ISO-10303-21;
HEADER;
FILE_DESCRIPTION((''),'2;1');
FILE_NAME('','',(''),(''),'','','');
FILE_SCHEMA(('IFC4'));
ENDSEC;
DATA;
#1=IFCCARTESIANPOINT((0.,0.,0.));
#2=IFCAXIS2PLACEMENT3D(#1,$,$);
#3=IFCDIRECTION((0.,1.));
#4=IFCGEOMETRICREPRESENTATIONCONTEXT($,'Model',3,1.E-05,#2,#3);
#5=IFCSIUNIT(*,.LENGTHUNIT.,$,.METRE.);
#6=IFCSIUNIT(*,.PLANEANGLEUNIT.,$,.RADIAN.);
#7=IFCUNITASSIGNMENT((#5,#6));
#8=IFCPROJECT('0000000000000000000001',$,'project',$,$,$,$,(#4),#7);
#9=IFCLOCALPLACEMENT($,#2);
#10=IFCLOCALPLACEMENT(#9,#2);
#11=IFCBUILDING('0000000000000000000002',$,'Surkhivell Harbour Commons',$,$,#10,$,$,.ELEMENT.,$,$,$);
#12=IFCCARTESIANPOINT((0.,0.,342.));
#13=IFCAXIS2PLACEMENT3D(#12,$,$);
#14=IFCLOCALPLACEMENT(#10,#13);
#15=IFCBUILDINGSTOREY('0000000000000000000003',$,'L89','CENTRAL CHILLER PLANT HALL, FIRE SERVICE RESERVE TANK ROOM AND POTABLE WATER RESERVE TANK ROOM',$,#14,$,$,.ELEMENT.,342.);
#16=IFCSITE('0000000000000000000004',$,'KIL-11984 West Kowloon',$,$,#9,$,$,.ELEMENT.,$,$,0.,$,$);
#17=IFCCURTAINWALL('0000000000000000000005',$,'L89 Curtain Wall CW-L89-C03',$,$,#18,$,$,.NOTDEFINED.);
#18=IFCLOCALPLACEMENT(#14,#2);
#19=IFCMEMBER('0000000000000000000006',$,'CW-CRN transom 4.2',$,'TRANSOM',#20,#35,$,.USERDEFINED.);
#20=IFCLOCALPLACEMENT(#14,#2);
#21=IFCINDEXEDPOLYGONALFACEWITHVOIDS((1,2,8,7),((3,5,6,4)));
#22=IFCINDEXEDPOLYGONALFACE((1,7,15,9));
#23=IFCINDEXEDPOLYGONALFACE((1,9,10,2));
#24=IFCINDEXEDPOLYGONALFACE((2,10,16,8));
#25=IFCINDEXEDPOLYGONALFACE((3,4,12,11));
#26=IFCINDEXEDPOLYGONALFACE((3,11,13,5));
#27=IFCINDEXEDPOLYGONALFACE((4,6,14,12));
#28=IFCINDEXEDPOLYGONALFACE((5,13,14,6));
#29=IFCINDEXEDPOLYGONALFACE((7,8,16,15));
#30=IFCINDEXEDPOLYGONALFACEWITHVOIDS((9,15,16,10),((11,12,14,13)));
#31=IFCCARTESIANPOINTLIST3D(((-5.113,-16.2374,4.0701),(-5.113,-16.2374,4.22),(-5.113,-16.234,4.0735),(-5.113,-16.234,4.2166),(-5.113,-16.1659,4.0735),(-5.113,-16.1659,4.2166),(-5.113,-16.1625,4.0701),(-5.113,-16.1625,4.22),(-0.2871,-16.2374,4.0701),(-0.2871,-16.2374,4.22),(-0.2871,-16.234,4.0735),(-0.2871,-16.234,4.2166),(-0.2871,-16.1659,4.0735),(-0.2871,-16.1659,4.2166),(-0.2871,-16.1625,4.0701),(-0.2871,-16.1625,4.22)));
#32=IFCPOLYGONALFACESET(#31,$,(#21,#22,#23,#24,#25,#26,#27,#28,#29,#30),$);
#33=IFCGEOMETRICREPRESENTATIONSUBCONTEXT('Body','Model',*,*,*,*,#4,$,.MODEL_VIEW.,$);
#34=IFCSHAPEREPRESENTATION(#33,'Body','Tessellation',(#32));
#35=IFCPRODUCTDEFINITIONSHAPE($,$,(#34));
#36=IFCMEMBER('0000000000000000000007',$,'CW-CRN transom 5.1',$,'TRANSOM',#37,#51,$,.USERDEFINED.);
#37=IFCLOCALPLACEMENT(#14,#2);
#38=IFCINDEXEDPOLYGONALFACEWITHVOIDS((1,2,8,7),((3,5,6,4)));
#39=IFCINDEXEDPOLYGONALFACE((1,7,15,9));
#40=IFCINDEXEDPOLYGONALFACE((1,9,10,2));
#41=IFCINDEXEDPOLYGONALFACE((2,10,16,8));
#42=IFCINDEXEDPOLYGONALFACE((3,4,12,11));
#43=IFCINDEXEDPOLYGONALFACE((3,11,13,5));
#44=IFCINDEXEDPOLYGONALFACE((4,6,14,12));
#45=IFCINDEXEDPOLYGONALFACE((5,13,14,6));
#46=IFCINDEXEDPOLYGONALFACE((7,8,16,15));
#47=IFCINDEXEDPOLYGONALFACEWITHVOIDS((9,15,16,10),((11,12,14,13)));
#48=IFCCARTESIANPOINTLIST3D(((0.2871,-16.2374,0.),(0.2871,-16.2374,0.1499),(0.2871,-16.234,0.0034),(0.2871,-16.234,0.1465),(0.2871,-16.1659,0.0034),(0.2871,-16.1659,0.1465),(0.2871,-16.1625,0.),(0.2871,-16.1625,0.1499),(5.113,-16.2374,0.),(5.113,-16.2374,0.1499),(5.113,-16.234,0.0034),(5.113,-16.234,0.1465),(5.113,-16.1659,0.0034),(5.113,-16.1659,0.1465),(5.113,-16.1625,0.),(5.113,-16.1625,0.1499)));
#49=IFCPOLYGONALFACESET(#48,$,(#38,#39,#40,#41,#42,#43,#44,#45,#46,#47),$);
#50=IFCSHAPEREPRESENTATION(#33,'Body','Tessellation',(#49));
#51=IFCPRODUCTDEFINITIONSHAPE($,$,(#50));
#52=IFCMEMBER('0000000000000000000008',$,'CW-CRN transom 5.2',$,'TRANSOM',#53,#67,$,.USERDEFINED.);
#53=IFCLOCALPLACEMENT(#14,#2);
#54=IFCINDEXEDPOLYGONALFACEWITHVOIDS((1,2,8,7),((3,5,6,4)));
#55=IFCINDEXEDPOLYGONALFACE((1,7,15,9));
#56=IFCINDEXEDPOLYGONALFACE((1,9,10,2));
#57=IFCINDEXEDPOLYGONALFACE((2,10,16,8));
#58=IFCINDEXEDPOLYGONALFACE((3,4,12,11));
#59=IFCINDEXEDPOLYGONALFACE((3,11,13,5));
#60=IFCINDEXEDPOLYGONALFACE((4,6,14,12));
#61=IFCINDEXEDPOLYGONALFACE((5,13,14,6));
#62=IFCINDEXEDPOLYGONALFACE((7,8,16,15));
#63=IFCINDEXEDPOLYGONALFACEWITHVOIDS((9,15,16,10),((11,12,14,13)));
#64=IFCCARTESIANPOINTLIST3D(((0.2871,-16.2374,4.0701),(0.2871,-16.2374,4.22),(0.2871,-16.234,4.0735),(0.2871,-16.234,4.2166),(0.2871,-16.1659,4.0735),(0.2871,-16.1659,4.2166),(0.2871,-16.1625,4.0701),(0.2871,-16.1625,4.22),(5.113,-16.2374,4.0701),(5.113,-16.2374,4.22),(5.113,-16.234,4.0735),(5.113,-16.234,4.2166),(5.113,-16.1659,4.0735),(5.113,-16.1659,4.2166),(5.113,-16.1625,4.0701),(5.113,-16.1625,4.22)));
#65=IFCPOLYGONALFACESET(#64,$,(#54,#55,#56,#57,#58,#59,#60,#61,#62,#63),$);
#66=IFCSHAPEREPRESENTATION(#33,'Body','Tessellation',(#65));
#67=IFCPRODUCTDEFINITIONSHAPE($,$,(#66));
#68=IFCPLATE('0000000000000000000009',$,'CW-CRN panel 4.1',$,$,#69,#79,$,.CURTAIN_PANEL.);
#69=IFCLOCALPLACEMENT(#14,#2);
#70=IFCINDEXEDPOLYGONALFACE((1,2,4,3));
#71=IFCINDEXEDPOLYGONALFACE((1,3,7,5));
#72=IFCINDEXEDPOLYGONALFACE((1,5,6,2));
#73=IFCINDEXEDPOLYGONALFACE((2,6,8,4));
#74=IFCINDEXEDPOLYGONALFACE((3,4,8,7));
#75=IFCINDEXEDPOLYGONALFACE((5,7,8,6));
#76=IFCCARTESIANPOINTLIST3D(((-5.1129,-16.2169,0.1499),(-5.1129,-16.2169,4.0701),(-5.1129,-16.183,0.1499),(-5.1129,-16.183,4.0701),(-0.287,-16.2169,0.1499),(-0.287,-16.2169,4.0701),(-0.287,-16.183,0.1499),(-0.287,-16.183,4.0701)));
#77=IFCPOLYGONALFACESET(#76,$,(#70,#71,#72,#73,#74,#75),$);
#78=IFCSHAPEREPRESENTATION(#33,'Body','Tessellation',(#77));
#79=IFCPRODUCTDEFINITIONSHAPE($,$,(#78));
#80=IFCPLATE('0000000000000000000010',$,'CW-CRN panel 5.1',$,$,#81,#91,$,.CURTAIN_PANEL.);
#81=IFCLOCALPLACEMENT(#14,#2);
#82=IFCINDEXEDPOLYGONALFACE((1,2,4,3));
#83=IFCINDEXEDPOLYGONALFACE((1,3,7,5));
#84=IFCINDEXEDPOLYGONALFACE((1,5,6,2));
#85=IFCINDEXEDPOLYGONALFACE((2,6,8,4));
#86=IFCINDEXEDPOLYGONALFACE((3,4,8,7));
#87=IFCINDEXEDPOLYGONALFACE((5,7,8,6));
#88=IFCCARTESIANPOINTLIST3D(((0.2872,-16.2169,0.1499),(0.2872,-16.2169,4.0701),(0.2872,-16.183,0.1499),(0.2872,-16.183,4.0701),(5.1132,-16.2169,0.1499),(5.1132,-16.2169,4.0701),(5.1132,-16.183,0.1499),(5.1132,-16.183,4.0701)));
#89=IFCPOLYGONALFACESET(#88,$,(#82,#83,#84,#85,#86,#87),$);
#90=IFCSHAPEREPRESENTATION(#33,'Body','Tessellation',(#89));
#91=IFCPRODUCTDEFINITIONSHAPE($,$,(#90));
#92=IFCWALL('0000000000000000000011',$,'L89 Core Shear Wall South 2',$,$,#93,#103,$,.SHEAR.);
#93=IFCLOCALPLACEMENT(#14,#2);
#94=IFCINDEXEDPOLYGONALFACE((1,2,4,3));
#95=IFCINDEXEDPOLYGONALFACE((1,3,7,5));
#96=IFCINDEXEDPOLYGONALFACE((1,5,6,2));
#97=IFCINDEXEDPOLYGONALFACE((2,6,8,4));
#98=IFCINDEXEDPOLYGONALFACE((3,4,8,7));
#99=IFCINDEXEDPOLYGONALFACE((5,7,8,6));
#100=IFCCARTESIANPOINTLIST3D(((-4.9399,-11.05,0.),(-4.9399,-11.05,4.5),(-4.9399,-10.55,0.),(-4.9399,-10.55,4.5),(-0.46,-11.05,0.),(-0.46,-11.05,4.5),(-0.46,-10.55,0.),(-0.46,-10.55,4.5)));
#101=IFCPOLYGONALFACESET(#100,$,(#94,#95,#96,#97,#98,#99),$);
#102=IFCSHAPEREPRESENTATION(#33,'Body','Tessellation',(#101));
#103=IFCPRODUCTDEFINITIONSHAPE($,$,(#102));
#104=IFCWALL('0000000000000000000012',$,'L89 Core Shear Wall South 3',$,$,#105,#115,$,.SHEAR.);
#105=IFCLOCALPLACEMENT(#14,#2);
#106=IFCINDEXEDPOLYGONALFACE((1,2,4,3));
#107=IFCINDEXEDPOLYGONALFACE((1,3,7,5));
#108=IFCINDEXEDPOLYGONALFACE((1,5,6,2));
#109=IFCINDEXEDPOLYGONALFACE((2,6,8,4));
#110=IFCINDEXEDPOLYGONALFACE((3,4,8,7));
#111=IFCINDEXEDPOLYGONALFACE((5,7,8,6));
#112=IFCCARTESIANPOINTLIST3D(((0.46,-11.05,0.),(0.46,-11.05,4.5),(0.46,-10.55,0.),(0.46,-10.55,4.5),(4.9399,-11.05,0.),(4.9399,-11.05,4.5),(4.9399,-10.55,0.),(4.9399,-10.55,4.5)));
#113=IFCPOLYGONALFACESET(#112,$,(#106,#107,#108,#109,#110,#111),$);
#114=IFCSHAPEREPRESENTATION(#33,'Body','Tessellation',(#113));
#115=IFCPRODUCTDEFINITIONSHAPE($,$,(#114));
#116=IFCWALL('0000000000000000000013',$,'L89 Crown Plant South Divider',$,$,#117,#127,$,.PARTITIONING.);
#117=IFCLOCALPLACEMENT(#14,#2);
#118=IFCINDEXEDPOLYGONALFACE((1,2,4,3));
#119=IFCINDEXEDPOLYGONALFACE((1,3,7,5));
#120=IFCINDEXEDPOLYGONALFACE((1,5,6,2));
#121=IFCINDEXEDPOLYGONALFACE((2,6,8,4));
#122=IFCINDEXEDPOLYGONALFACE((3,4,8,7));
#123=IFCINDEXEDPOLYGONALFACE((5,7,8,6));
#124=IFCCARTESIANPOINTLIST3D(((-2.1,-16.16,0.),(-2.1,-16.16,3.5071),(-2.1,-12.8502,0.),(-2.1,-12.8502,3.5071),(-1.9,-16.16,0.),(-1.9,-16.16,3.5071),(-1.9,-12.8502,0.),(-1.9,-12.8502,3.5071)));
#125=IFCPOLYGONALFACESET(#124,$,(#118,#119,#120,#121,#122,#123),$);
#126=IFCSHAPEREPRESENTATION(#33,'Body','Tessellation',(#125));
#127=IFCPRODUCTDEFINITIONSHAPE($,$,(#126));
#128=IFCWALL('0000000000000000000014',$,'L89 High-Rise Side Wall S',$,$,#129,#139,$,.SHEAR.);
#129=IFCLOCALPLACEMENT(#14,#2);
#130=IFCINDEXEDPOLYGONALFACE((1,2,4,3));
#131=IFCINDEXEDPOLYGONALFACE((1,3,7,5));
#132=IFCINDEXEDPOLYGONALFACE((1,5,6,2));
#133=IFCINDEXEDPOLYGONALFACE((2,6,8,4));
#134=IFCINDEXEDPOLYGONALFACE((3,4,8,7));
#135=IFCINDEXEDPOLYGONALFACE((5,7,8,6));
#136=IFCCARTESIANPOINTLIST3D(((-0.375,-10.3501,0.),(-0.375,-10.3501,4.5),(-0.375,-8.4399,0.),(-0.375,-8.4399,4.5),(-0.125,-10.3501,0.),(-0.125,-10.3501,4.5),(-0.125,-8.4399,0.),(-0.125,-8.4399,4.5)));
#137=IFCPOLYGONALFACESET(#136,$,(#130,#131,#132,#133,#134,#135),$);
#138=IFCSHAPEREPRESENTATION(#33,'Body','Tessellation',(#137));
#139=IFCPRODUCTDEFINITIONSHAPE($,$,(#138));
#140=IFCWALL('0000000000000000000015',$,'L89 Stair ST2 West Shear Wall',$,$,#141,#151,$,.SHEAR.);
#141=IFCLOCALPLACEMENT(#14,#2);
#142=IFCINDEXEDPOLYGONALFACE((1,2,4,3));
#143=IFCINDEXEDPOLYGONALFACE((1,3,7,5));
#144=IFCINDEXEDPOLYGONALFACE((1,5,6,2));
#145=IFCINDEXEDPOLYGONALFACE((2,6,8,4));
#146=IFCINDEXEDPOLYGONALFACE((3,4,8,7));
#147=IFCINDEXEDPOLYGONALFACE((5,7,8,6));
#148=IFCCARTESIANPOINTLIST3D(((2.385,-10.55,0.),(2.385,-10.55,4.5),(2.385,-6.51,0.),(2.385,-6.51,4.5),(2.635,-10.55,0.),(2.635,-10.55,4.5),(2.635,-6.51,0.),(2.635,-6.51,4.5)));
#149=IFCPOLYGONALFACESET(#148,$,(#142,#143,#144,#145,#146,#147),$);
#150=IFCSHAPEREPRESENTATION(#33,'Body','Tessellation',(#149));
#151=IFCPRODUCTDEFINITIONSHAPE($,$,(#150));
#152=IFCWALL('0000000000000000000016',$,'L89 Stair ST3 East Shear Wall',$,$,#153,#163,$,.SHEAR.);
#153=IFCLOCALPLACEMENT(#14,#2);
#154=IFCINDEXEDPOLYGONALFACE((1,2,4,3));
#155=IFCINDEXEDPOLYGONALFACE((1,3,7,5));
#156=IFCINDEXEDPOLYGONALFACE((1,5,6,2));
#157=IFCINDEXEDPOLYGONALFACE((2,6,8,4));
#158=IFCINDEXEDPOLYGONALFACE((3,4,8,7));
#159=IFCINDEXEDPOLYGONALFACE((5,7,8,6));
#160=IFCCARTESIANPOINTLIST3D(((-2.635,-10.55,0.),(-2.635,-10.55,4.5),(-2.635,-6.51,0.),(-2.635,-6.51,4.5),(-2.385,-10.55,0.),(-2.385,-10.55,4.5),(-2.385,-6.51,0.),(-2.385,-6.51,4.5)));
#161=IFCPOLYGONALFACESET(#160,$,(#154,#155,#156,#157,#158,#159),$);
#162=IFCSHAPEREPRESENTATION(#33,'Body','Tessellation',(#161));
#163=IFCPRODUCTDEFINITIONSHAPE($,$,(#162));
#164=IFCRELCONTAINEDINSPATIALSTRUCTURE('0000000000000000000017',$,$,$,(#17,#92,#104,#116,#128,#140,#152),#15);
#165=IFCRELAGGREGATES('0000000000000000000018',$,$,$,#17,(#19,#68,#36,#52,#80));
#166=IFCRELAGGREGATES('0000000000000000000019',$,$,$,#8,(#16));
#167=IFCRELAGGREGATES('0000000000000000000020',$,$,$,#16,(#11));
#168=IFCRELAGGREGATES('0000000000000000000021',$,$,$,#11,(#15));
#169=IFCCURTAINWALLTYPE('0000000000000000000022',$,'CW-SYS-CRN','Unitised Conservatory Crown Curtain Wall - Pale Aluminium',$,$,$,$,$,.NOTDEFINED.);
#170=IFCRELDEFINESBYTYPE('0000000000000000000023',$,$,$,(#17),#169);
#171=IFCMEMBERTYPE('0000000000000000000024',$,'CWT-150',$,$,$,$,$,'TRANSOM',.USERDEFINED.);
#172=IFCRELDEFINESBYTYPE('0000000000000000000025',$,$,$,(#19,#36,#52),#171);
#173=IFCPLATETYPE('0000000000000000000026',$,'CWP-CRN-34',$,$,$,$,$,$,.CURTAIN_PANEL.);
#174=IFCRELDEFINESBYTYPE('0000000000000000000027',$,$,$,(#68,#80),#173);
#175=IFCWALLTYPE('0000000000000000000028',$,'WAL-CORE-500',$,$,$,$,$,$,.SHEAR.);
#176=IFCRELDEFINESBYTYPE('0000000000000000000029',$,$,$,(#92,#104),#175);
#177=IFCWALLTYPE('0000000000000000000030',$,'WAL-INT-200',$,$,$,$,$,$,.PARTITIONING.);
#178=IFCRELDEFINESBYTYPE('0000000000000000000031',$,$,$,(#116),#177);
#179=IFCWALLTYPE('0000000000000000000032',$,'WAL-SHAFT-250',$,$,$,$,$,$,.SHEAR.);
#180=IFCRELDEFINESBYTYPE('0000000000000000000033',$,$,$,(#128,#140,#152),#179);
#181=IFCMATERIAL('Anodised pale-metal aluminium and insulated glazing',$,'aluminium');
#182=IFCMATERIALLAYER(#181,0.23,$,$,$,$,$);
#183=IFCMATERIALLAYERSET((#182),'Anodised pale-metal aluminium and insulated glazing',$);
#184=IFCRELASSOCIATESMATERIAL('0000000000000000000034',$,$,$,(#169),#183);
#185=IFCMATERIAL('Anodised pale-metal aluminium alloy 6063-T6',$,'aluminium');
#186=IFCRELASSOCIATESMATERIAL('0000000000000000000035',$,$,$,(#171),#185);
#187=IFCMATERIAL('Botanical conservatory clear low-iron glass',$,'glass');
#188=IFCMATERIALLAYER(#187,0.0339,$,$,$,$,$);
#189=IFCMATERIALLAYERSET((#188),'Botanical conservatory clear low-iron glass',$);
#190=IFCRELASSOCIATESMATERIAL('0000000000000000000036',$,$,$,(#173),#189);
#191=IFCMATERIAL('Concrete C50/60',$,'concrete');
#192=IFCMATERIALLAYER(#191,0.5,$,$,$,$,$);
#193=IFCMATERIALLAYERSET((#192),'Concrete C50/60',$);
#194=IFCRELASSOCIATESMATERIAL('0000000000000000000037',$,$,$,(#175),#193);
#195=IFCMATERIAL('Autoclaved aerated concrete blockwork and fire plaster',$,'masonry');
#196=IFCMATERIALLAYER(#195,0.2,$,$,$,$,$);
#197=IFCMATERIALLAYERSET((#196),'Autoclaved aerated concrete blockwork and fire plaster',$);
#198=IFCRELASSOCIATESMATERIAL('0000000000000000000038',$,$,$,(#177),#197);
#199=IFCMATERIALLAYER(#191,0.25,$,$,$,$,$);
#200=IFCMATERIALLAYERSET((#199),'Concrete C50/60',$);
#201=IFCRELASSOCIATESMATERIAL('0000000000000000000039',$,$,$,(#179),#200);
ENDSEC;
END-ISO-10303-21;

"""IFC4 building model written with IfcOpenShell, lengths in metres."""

from ifc_helpers import new_model, si_unit, direction, frame, frame_2d, origin, origin_2d, place, context, subcontext, project, spatial, rectangle, hollow_rectangle, extrude, material, layer, layer_set, material_profile, profile_set, type_object, element, aggregate, save


model = new_model("IFC4")

# Units and contexts
model_context = context("Model", 3, precision=1e-05, world=origin(), true_north=direction((0.0, 1.0)))
body_context = subcontext(model_context, "Body", "Model", "MODEL_VIEW")
ifc_project = project(units=[si_unit("LENGTHUNIT", "METRE"), si_unit("PLANEANGLEUNIT", "RADIAN")], contexts=[model_context])

# Site, building, storey
site_placement = place(None, origin())
site = spatial("IfcSite", under=ifc_project, at=site_placement, Name="KIL-11984 West Kowloon", CompositionType="ELEMENT", RefElevation=0.0)
building_placement = place(site_placement, origin())
building = spatial("IfcBuilding", under=site, at=building_placement, Name="Surkhivell Harbour Commons", CompositionType="ELEMENT")
storey_placement = place(building_placement, frame((0.0, 0.0, 342.0)))
storey = spatial("IfcBuildingStorey", under=building, at=storey_placement, Name="L89", Description="CENTRAL CHILLER PLANT HALL, FIRE SERVICE RESERVE TANK ROOM AND POTABLE WATER RESERVE TANK ROOM", CompositionType="ELEMENT", Elevation=342.0)

# Curtain wall, members, plates
ifc_material_1 = material(Name="Anodised pale-metal aluminium and insulated glazing", Category="aluminium")
ifc_layer_1 = layer(ifc_material_1, 0.23)
ifc_layer_set_1 = layer_set([ifc_layer_1], Name="Anodised pale-metal aluminium and insulated glazing")
curtain_wall_type = type_object("IfcCurtainWallType", Name="CW-SYS-CRN", Description="Unitised Conservatory Crown Curtain Wall - Pale Aluminium", PredefinedType="NOTDEFINED", material=ifc_layer_set_1)
curtain_wall_placement = place(storey_placement, origin())
curtain_wall = element("IfcCurtainWall", 1, at=curtain_wall_placement, inside=storey, type_object=curtain_wall_type, Name="L89 Curtain Wall CW-L89-C03", PredefinedType="NOTDEFINED")
ifc_material_2 = material(Name="Anodised pale-metal aluminium alloy 6063-T6", Category="aluminium")
ifc_material_profile_1 = material_profile(ifc_material_2, hollow_rectangle(XDim=0.075, YDim=0.1499, WallThickness=0.0034, at=origin_2d()), Name="ALU-TRAN-75x150")
ifc_profile_set_1 = profile_set([ifc_material_profile_1], Name="Anodised pale-metal aluminium alloy 6063-T6")
member_type_1 = type_object("IfcMemberType", Name="CWT-150", ElementType="TRANSOM", PredefinedType="USERDEFINED", material=ifc_profile_set_1)
member_1_placement = place(storey_placement, frame((-5.113, -16.2, 4.145), z_axis=(1.0, 0.0, 0.0), x_axis=(0.0, 1.0, 0.0)))
member_1 = element("IfcMember", 2, at=member_1_placement, type_object=member_type_1, Name="CW-CRN transom 4.2", ObjectType="TRANSOM", PredefinedType="USERDEFINED", context=body_context, shape_type="SweptSolid", body=[
    extrude(hollow_rectangle(XDim=0.075, YDim=0.1499, WallThickness=0.0034, at=origin_2d()), origin(), (0.0, 0.0, 1.0), 4.8259),
])
member_2_placement = place(storey_placement, frame((0.2871, -16.2, 0.075), z_axis=(1.0, 0.0, 0.0), x_axis=(0.0, 1.0, 0.0)))
member_2 = element("IfcMember", 3, at=member_2_placement, type_object=member_type_1, Name="CW-CRN transom 5.1", ObjectType="TRANSOM", PredefinedType="USERDEFINED", context=body_context, shape_type="SweptSolid", body=[
    extrude(hollow_rectangle(XDim=0.075, YDim=0.1499, WallThickness=0.0034, at=origin_2d()), origin(), (0.0, 0.0, 1.0), 4.8259),
])
member_3_placement = place(storey_placement, frame((0.2871, -16.2, 4.145), z_axis=(1.0, 0.0, 0.0), x_axis=(0.0, 1.0, 0.0)))
member_3 = element("IfcMember", 4, at=member_3_placement, type_object=member_type_1, Name="CW-CRN transom 5.2", ObjectType="TRANSOM", PredefinedType="USERDEFINED", context=body_context, shape_type="SweptSolid", body=[
    extrude(hollow_rectangle(XDim=0.075, YDim=0.1499, WallThickness=0.0034, at=origin_2d()), origin(), (0.0, 0.0, 1.0), 4.8259),
])
ifc_material_3 = material(Name="Botanical conservatory clear low-iron glass", Category="glass")
ifc_layer_2 = layer(ifc_material_3, 0.0339)
ifc_layer_set_2 = layer_set([ifc_layer_2], Name="Botanical conservatory clear low-iron glass")
plate_type = type_object("IfcPlateType", Name="CWP-CRN-34", PredefinedType="CURTAIN_PANEL", material=ifc_layer_set_2)
plate_1_placement = place(storey_placement, frame((-5.113, -16.2, 0.1499), z_axis=(0.0, 0.0, 1.0), x_axis=(1.0, 0.0, 0.0)))
plate_1 = element("IfcPlate", 5, at=plate_1_placement, type_object=plate_type, Name="CW-CRN panel 4.1", PredefinedType="CURTAIN_PANEL", context=body_context, shape_type="SweptSolid", body=[
    extrude(rectangle(XDim=4.8259, YDim=0.0339, at=frame_2d((2.4131, 0.0))), origin(), (0.0, 0.0, 1.0), 3.9202),
])
plate_2_placement = place(storey_placement, frame((0.2871, -16.2, 0.1499), z_axis=(0.0, 0.0, 1.0), x_axis=(1.0, 0.0, 0.0)))
plate_2 = element("IfcPlate", 6, at=plate_2_placement, type_object=plate_type, Name="CW-CRN panel 5.1", PredefinedType="CURTAIN_PANEL", context=body_context, shape_type="SweptSolid", body=[
    extrude(rectangle(XDim=4.8259, YDim=0.0339, at=frame_2d((2.4131, 0.0))), origin(), (0.0, 0.0, 1.0), 3.9202),
])
aggregate(curtain_wall, [member_1, plate_1, member_2, member_3, plate_2])

# Walls
ifc_material_4 = material(Name="Concrete C50/60", Category="concrete")
ifc_layer_3 = layer(ifc_material_4, 0.5)
ifc_layer_set_3 = layer_set([ifc_layer_3], Name="Concrete C50/60")
wall_type_1 = type_object("IfcWallType", Name="WAL-CORE-500", PredefinedType="SHEAR", material=ifc_layer_set_3)
for number, where, z_axis, x_axis, name in (
    (7, (-4.9399, -10.8, 0.0), (0.0, 0.0, 1.0), (1.0, 0.0, 0.0), "L89 Core Shear Wall South 2"),
    (8, (0.46, -10.8, 0.0), (0.0, 0.0, 1.0), (1.0, 0.0, 0.0), "L89 Core Shear Wall South 3"),
):
    element("IfcWall", number, at=place(storey_placement, frame(where, z_axis=z_axis, x_axis=x_axis)), inside=storey, type_object=wall_type_1, Name=name, PredefinedType="SHEAR", context=body_context, shape_type="SweptSolid", body=[
        extrude(rectangle(XDim=4.48, YDim=0.5, at=frame_2d((2.24, 0.0))), origin(), (0.0, 0.0, 1.0), 4.5),
    ])
ifc_material_5 = material(Name="Autoclaved aerated concrete blockwork and fire plaster", Category="masonry")
ifc_layer_4 = layer(ifc_material_5, 0.2)
ifc_layer_set_4 = layer_set([ifc_layer_4], Name="Autoclaved aerated concrete blockwork and fire plaster")
wall_type_2 = type_object("IfcWallType", Name="WAL-INT-200", PredefinedType="PARTITIONING", material=ifc_layer_set_4)
wall_1_placement = place(storey_placement, frame((-2.0, -16.1599, 0.0), z_axis=(0.0, 0.0, 1.0), x_axis=(0.0, 1.0, 0.0)))
element("IfcWall", 9, at=wall_1_placement, inside=storey, type_object=wall_type_2, Name="L89 Crown Plant South Divider", PredefinedType="PARTITIONING", context=body_context, shape_type="SweptSolid", body=[
    extrude(rectangle(XDim=3.3098, YDim=0.2, at=frame_2d((1.6548, 0.0))), origin(), (0.0, 0.0, 1.0), 3.5071),
])
ifc_layer_5 = layer(ifc_material_4, 0.25)
ifc_layer_set_5 = layer_set([ifc_layer_5], Name="Concrete C50/60")
wall_type_3 = type_object("IfcWallType", Name="WAL-SHAFT-250", PredefinedType="SHEAR", material=ifc_layer_set_5)
wall_2_placement = place(storey_placement, frame((-0.25, -10.3501, 0.0), z_axis=(0.0, 0.0, 1.0), x_axis=(0.0, 1.0, 0.0)))
element("IfcWall", 10, at=wall_2_placement, inside=storey, type_object=wall_type_3, Name="L89 High-Rise Side Wall S", PredefinedType="SHEAR", context=body_context, shape_type="SweptSolid", body=[
    extrude(rectangle(XDim=1.9102, YDim=0.25, at=frame_2d((0.9551, 0.0))), origin(), (0.0, 0.0, 1.0), 4.5),
])
for number, where, z_axis, x_axis, name in (
    (11, (2.51, -10.55, 0.0), (0.0, 0.0, 1.0), (0.0, 1.0, 0.0), "L89 Stair ST2 West Shear Wall"),
    (12, (-2.51, -10.55, 0.0), (0.0, 0.0, 1.0), (0.0, 1.0, 0.0), "L89 Stair ST3 East Shear Wall"),
):
    element("IfcWall", number, at=place(storey_placement, frame(where, z_axis=z_axis, x_axis=x_axis)), inside=storey, type_object=wall_type_3, Name=name, PredefinedType="SHEAR", context=body_context, shape_type="SweptSolid", body=[
        extrude(rectangle(XDim=4.04, YDim=0.25, at=frame_2d((2.02, 0.0))), origin(), (0.0, 0.0, 1.0), 4.5),
    ])

save(model, "model.ifc")
